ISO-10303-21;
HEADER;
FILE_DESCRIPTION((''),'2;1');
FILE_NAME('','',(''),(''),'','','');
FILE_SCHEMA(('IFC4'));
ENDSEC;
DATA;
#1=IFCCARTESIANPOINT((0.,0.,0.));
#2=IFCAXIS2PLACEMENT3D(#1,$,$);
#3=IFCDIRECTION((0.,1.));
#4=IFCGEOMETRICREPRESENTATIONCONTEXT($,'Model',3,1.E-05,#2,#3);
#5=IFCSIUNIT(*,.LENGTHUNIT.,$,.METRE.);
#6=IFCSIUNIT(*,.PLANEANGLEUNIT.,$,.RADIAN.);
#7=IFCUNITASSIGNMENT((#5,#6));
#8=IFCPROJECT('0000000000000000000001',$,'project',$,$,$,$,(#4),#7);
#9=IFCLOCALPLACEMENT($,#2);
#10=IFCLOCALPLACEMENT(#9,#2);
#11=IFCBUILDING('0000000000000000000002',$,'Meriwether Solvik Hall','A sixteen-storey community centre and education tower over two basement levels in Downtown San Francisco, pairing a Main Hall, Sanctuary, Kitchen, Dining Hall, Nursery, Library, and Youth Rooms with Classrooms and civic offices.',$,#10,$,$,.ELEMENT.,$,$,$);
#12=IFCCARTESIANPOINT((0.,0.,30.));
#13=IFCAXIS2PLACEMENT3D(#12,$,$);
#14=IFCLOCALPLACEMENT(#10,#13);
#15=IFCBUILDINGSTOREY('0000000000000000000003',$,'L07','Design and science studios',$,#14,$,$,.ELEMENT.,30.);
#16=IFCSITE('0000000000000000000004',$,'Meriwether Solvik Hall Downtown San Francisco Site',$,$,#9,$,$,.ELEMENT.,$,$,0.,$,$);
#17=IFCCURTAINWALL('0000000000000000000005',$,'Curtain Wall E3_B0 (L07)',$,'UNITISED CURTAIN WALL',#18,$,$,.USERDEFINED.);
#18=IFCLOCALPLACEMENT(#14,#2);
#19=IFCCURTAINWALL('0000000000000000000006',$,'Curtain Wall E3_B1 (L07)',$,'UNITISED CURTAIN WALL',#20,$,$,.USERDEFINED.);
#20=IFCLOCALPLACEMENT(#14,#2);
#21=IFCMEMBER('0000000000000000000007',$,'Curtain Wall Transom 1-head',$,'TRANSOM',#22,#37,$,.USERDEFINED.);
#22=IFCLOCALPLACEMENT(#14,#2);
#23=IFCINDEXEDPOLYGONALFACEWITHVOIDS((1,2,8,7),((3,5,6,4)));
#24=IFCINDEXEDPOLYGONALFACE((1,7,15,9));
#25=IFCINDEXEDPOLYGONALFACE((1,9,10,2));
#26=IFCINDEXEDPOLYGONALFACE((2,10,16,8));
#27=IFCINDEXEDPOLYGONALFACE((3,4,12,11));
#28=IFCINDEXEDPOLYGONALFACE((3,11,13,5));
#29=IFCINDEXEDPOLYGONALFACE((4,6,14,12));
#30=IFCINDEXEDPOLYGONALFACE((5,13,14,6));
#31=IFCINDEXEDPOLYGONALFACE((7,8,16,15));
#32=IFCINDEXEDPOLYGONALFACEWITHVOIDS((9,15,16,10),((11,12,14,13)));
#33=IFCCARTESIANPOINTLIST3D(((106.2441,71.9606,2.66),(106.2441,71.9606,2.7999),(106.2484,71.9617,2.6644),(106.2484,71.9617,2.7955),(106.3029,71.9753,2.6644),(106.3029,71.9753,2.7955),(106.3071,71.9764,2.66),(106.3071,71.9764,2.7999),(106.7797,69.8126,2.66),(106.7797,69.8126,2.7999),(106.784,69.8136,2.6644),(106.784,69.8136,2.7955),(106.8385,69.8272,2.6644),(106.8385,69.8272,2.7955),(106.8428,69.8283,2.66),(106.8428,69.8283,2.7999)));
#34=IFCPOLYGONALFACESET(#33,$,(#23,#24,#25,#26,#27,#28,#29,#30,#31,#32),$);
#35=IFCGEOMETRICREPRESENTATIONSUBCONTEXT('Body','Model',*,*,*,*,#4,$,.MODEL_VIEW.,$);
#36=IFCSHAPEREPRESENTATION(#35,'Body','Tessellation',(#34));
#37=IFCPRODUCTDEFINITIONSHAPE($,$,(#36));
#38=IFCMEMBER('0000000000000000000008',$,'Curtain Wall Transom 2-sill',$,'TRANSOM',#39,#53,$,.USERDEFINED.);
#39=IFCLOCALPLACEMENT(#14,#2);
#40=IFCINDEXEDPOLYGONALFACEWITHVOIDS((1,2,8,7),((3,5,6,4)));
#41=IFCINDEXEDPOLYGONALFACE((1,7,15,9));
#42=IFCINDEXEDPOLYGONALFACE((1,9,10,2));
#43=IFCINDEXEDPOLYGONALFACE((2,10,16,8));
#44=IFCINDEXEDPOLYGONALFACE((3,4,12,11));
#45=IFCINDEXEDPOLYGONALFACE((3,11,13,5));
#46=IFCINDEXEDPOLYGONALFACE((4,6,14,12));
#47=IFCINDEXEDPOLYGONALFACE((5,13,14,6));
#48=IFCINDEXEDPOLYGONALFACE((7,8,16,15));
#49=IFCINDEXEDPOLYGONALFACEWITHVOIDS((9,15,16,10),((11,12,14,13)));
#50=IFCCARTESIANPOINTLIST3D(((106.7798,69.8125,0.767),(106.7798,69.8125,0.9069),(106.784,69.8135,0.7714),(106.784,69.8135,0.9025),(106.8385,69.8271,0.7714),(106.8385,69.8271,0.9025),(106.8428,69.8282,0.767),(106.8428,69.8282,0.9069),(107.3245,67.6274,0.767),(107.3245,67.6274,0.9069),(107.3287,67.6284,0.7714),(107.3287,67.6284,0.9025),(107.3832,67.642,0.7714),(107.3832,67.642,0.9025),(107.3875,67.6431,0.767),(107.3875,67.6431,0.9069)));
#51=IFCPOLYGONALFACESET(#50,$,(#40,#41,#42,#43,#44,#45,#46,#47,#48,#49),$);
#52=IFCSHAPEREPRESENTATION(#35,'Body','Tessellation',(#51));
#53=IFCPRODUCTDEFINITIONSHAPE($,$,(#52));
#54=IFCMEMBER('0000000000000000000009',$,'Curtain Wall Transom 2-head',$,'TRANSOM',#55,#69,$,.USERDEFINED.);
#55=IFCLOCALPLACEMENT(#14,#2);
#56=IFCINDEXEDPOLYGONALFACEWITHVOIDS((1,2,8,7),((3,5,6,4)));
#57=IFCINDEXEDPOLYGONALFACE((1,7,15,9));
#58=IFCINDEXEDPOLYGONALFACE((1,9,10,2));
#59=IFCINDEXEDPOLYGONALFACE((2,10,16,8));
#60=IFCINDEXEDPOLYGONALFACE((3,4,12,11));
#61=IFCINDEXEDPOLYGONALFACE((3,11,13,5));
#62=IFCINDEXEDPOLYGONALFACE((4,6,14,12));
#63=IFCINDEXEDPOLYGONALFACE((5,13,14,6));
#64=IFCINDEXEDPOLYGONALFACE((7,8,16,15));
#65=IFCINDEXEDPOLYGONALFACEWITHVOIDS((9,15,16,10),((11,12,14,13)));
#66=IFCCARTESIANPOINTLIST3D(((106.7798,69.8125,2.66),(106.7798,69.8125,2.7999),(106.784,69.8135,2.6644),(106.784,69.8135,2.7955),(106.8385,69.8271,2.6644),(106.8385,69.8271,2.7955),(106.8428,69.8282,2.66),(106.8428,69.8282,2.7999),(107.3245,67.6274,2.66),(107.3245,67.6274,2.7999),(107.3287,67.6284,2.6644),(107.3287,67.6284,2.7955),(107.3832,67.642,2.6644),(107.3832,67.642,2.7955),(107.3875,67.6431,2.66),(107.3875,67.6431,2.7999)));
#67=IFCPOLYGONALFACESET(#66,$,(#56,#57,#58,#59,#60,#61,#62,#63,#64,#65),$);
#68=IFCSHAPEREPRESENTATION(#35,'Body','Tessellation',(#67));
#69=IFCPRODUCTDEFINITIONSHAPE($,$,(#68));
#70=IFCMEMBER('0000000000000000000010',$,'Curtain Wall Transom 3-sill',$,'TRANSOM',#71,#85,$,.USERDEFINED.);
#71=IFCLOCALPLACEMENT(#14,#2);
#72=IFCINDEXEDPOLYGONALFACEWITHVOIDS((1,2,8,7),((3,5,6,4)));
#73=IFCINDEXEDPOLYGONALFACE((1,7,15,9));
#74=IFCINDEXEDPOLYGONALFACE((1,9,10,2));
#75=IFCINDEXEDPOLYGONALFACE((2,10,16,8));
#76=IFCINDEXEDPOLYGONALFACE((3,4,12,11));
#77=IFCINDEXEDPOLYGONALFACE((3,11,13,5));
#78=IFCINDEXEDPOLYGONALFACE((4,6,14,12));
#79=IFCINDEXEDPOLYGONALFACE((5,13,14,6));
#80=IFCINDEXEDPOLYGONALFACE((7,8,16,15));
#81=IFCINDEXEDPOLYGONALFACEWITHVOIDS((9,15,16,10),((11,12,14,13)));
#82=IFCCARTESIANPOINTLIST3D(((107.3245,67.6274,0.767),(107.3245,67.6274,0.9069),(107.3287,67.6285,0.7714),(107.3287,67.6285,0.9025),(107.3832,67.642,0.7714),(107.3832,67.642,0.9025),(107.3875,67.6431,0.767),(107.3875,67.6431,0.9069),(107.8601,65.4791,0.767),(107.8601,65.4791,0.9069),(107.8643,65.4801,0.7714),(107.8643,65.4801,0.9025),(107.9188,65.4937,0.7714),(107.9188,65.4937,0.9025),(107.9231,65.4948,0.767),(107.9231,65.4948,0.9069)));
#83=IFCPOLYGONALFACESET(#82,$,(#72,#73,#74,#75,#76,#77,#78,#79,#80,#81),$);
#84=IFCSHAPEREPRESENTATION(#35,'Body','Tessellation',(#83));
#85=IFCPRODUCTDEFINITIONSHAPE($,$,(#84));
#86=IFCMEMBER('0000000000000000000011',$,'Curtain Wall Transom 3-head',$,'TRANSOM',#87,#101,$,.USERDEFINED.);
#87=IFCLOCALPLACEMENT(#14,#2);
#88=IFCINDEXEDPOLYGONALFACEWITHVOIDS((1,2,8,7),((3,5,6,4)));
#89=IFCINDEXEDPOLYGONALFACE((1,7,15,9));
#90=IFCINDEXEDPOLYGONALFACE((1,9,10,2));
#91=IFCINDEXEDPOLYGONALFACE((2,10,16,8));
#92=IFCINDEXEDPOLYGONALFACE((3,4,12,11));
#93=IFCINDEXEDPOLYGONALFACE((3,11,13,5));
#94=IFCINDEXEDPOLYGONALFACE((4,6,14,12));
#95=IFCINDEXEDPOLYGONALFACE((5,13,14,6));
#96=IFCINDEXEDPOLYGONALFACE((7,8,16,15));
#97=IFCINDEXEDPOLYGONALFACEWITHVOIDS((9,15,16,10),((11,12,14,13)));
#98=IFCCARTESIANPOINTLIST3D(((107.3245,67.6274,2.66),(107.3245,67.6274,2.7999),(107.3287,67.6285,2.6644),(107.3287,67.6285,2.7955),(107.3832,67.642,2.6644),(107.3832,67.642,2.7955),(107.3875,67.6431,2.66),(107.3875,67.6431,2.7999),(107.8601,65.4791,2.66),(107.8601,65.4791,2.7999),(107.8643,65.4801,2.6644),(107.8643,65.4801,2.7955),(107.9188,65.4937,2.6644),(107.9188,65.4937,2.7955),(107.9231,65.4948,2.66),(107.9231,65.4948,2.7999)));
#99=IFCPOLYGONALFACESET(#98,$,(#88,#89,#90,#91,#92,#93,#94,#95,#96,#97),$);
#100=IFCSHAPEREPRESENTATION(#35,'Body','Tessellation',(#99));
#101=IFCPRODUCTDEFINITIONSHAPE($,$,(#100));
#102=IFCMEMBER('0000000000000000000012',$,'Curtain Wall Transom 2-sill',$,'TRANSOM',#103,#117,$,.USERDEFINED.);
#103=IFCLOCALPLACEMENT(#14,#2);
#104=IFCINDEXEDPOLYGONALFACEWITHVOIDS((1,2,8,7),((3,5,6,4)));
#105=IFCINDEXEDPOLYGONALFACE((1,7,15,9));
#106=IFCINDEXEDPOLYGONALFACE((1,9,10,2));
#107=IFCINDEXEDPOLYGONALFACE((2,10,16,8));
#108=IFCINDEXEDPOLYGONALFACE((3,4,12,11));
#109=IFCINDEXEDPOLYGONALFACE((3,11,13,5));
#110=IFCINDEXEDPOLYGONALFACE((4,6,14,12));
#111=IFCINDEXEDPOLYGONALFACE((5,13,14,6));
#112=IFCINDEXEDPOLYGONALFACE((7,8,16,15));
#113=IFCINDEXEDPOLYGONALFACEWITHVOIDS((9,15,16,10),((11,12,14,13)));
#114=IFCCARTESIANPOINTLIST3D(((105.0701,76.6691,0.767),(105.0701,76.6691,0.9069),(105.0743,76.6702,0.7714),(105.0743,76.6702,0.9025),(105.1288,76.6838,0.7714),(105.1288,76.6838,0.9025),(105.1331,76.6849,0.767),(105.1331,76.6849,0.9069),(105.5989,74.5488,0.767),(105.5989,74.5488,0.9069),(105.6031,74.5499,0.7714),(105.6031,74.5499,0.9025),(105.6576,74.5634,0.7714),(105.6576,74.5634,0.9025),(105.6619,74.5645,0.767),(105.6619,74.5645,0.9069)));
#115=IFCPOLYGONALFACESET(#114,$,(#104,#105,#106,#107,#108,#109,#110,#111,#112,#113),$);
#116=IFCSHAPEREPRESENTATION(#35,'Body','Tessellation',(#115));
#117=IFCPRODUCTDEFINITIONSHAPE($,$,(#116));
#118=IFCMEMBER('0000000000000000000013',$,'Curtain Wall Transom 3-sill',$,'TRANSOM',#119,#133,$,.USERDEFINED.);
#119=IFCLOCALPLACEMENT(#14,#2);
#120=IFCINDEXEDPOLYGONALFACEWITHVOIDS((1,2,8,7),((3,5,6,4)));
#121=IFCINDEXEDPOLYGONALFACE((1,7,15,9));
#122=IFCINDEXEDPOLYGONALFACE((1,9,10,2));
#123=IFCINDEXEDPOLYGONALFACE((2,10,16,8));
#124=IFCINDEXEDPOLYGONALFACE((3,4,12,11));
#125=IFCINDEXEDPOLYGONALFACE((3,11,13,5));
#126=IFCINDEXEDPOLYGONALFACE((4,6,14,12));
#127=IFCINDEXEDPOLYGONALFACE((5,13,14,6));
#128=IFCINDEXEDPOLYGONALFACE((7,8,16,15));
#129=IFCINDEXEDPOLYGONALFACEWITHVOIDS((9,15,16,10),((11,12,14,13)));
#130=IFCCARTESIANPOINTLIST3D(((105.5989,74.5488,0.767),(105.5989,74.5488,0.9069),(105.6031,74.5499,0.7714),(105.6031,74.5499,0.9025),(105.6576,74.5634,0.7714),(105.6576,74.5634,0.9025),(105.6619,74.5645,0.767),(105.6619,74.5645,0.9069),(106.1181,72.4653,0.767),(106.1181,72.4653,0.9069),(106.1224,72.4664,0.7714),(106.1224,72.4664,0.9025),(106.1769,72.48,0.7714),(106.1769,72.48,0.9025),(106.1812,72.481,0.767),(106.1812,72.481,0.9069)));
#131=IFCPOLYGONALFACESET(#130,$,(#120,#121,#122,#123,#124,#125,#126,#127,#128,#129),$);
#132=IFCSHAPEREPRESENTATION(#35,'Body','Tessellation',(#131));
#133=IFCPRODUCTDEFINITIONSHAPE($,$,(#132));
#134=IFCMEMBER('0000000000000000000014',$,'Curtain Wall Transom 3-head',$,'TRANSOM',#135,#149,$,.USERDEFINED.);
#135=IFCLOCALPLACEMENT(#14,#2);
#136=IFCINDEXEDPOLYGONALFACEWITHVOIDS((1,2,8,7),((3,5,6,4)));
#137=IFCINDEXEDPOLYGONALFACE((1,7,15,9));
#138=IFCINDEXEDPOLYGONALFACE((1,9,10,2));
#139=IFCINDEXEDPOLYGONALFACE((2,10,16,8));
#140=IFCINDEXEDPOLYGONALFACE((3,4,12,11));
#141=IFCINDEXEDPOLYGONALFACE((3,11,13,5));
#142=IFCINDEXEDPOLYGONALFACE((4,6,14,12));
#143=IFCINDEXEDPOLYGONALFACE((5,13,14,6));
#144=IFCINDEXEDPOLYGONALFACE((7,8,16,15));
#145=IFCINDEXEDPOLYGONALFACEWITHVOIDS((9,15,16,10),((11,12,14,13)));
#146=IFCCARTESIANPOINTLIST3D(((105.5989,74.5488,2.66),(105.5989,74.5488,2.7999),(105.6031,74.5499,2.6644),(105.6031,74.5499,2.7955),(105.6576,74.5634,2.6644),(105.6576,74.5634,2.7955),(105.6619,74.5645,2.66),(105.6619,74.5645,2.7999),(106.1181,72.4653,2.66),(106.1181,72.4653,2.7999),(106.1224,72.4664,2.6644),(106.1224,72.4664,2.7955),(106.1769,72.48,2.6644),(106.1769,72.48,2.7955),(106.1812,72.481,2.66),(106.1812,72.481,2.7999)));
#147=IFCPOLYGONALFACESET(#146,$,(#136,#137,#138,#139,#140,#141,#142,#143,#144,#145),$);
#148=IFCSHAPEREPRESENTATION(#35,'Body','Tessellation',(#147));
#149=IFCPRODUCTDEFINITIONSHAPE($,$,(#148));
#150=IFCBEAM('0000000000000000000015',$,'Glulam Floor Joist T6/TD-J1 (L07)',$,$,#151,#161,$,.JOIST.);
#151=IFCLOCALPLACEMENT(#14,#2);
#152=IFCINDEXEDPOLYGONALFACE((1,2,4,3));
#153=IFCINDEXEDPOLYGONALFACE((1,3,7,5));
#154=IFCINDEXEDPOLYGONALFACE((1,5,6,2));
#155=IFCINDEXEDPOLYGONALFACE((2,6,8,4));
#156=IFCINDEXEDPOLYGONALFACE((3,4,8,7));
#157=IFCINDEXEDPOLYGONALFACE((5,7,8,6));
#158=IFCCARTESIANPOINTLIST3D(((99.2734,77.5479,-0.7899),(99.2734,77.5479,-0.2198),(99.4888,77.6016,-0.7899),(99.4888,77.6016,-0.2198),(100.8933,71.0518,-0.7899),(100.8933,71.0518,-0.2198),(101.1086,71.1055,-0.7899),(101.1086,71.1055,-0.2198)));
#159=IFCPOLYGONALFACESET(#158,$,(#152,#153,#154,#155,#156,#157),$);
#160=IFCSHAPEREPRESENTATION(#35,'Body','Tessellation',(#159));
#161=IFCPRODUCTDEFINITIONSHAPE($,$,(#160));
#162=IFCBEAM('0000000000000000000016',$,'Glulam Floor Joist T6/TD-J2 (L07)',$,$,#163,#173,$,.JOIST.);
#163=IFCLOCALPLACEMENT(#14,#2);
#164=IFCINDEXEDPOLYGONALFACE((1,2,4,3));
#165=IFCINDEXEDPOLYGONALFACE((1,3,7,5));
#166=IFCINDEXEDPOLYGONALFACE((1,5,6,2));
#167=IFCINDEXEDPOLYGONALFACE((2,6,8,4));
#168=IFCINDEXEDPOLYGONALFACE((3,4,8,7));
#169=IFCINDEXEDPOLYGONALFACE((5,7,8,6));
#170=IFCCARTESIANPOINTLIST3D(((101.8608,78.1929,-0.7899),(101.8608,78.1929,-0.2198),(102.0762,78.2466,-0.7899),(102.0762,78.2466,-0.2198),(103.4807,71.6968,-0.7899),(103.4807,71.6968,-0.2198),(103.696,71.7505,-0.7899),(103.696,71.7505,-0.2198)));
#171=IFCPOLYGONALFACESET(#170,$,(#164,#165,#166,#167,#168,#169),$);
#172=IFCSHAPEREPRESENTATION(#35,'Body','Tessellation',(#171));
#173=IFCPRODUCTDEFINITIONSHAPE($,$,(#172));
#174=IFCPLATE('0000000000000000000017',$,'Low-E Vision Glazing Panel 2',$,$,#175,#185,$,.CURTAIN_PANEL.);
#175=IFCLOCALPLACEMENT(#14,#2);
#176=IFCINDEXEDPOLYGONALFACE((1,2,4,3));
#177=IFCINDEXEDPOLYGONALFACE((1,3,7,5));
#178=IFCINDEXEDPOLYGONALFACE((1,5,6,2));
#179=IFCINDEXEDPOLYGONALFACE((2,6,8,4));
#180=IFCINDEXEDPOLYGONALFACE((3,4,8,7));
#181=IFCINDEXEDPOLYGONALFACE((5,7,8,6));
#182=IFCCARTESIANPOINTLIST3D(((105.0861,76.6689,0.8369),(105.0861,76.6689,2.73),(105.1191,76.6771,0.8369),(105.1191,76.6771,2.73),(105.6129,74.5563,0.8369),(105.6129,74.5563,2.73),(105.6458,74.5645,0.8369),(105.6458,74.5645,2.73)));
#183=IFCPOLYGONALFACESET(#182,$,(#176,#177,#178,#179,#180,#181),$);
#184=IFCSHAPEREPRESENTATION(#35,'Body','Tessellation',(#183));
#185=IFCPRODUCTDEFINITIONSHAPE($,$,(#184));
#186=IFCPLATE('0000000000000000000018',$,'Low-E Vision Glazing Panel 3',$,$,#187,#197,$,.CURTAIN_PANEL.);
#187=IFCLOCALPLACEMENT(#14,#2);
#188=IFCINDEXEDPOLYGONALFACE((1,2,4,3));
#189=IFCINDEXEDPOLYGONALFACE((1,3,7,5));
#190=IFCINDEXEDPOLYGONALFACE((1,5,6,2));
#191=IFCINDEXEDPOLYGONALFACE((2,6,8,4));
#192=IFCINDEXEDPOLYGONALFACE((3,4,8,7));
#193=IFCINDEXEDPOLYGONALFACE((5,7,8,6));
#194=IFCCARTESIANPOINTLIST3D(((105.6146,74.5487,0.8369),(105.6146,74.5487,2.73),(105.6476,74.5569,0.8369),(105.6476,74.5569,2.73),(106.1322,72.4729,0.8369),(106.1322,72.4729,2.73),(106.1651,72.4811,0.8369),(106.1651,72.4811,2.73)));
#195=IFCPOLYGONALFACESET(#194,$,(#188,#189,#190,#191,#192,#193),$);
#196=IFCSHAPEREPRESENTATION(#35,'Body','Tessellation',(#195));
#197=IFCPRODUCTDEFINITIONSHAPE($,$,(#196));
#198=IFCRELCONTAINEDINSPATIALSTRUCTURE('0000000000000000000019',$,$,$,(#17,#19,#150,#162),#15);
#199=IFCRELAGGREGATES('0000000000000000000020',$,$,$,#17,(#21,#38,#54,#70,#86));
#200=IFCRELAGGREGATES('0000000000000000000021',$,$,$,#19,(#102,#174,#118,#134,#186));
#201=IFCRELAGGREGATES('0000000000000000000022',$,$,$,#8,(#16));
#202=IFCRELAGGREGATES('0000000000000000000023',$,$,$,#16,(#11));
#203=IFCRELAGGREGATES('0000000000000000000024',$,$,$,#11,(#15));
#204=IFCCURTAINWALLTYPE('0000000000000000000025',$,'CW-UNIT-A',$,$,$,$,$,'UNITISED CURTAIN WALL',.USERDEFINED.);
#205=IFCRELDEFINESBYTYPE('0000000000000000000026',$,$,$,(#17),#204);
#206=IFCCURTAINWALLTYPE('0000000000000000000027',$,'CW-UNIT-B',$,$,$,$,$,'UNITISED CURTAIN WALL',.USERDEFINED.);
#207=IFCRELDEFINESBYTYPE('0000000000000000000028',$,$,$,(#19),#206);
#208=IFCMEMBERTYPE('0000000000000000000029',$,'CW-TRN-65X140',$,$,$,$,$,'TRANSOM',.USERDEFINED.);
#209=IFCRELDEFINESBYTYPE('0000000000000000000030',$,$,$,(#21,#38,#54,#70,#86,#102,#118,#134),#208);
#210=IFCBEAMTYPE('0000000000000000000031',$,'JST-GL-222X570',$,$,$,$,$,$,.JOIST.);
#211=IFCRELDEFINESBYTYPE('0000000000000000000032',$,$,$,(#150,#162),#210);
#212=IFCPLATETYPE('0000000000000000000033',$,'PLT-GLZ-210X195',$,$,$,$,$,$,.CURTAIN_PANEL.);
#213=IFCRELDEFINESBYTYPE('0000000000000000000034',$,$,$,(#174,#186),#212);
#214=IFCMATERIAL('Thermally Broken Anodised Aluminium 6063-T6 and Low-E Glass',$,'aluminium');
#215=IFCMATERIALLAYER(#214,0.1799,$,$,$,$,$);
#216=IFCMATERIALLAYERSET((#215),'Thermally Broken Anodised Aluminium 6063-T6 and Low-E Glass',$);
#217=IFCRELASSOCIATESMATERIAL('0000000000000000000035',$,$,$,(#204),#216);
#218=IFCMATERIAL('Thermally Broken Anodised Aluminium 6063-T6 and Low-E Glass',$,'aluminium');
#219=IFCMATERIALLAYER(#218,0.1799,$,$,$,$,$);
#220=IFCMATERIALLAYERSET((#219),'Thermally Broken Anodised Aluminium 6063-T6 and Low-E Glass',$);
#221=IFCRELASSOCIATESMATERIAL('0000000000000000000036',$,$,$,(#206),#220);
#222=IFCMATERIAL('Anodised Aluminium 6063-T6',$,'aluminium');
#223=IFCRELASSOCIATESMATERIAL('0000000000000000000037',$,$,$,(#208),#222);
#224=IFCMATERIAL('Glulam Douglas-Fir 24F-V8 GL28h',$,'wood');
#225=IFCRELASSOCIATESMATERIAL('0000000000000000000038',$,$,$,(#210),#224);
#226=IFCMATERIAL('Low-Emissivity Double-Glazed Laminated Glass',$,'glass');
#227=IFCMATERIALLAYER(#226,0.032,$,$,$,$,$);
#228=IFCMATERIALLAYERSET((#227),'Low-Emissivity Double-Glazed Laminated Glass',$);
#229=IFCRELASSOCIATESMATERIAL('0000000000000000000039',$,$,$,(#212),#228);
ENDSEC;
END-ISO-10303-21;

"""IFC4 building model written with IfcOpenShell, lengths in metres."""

from ifc_helpers import new_model, si_unit, direction, frame, origin, origin_2d, place, context, subcontext, project, spatial, rectangle, hollow_rectangle, extrude, material, layer, layer_set, material_profile, profile_set, type_object, element, aggregate, save


model = new_model("IFC4")

# Units and contexts
model_context = context("Model", 3, precision=1e-05, world=origin(), true_north=direction((0.0, 1.0)))
body_context = subcontext(model_context, "Body", "Model", "MODEL_VIEW")
ifc_project = project(units=[si_unit("LENGTHUNIT", "METRE"), si_unit("PLANEANGLEUNIT", "RADIAN")], contexts=[model_context])

# Site, building, storey
site_placement = place(None, origin())
site = spatial("IfcSite", under=ifc_project, at=site_placement, Name="Meriwether Solvik Hall Downtown San Francisco Site", CompositionType="ELEMENT", RefElevation=0.0)
building_placement = place(site_placement, origin())
building = spatial("IfcBuilding", under=site, at=building_placement, Name="Meriwether Solvik Hall", Description="A sixteen-storey community centre and education tower over two basement levels in Downtown San Francisco, pairing a Main Hall, Sanctuary, Kitchen, Dining Hall, Nursery, Library, and Youth Rooms with Classrooms and civic offices.", CompositionType="ELEMENT")
storey_placement = place(building_placement, frame((0.0, 0.0, 30.0)))
storey = spatial("IfcBuildingStorey", under=building, at=storey_placement, Name="L07", Description="Design and science studios", CompositionType="ELEMENT", Elevation=30.0)

# Curtain walls
ifc_material_1 = material(Name="Thermally Broken Anodised Aluminium 6063-T6 and Low-E Glass", Category="aluminium")
ifc_layer_1 = layer(ifc_material_1, 0.1799)
ifc_layer_set_1 = layer_set([ifc_layer_1], Name="Thermally Broken Anodised Aluminium 6063-T6 and Low-E Glass")
curtain_wall_type_1 = type_object("IfcCurtainWallType", Name="CW-UNIT-A", ElementType="UNITISED CURTAIN WALL", PredefinedType="USERDEFINED", material=ifc_layer_set_1)
curtain_wall_1_placement = place(storey_placement, origin())
curtain_wall_1 = element("IfcCurtainWall", 1, at=curtain_wall_1_placement, inside=storey, type_object=curtain_wall_type_1, Name="Curtain Wall E3_B0 (L07)", ObjectType="UNITISED CURTAIN WALL", PredefinedType="USERDEFINED")
ifc_material_2 = material(Name="Thermally Broken Anodised Aluminium 6063-T6 and Low-E Glass", Category="aluminium")
ifc_layer_2 = layer(ifc_material_2, 0.1799)
ifc_layer_set_2 = layer_set([ifc_layer_2], Name="Thermally Broken Anodised Aluminium 6063-T6 and Low-E Glass")
curtain_wall_type_2 = type_object("IfcCurtainWallType", Name="CW-UNIT-B", ElementType="UNITISED CURTAIN WALL", PredefinedType="USERDEFINED", material=ifc_layer_set_2)
curtain_wall_2_placement = place(storey_placement, origin())
curtain_wall_2 = element("IfcCurtainWall", 2, at=curtain_wall_2_placement, inside=storey, type_object=curtain_wall_type_2, Name="Curtain Wall E3_B1 (L07)", ObjectType="UNITISED CURTAIN WALL", PredefinedType="USERDEFINED")

# Members
ifc_material_3 = material(Name="Anodised Aluminium 6063-T6", Category="aluminium")
ifc_material_profile_1 = material_profile(ifc_material_3, hollow_rectangle(XDim=0.0649, YDim=0.1399, WallThickness=0.0044, at=origin_2d()), Name="CWT-65X140")
ifc_profile_set_1 = profile_set([ifc_material_profile_1], Name="Anodised Aluminium 6063-T6")
member_type_1 = type_object("IfcMemberType", Name="CW-TRN-65X140", ElementType="TRANSOM", PredefinedType="USERDEFINED", material=ifc_profile_set_1)
member_1_placement = place(storey_placement, frame((106.2756, 71.9685, 2.73), z_axis=(0.241939, -0.970292, 0.0), x_axis=(0.970292, 0.241939, 0.0)))
member_1 = element("IfcMember", 3, at=member_1_placement, type_object=member_type_1, Name="Curtain Wall Transom 1-head", ObjectType="TRANSOM", PredefinedType="USERDEFINED", context=body_context, shape_type="SweptSolid", body=[
    extrude(hollow_rectangle(XDim=0.0649, YDim=0.1399, WallThickness=0.0044, at=origin_2d()), origin(), (0.0, 0.0, 1.0), 2.2139),
])
member_2_placement = place(storey_placement, frame((106.8113, 69.8203, 0.8369), z_axis=(0.241872, -0.970308, 0.0), x_axis=(0.970308, 0.241872, 0.0)))
member_2 = element("IfcMember", 4, at=member_2_placement, type_object=member_type_1, Name="Curtain Wall Transom 2-sill", ObjectType="TRANSOM", PredefinedType="USERDEFINED", context=body_context, shape_type="SweptSolid", body=[
    extrude(hollow_rectangle(XDim=0.0649, YDim=0.1399, WallThickness=0.0044, at=origin_2d()), origin(), (0.0, 0.0, 1.0), 2.252),
])
member_3_placement = place(storey_placement, frame((106.8113, 69.8203, 2.73), z_axis=(0.241872, -0.970308, 0.0), x_axis=(0.970308, 0.241872, 0.0)))
member_3 = element("IfcMember", 5, at=member_3_placement, type_object=member_type_1, Name="Curtain Wall Transom 2-head", ObjectType="TRANSOM", PredefinedType="USERDEFINED", context=body_context, shape_type="SweptSolid", body=[
    extrude(hollow_rectangle(XDim=0.0649, YDim=0.1399, WallThickness=0.0044, at=origin_2d()), origin(), (0.0, 0.0, 1.0), 2.252),
])
member_4_placement = place(storey_placement, frame((107.356, 67.6353, 0.8369), z_axis=(0.241913, -0.970298, 0.0), x_axis=(0.970298, 0.241913, 0.0)))
member_4 = element("IfcMember", 6, at=member_4_placement, type_object=member_type_1, Name="Curtain Wall Transom 3-sill", ObjectType="TRANSOM", PredefinedType="USERDEFINED", context=body_context, shape_type="SweptSolid", body=[
    extrude(hollow_rectangle(XDim=0.0649, YDim=0.1399, WallThickness=0.0044, at=origin_2d()), origin(), (0.0, 0.0, 1.0), 2.2141),
])
member_5_placement = place(storey_placement, frame((107.356, 67.6353, 2.73), z_axis=(0.241913, -0.970298, 0.0), x_axis=(0.970298, 0.241913, 0.0)))
member_5 = element("IfcMember", 7, at=member_5_placement, type_object=member_type_1, Name="Curtain Wall Transom 3-head", ObjectType="TRANSOM", PredefinedType="USERDEFINED", context=body_context, shape_type="SweptSolid", body=[
    extrude(hollow_rectangle(XDim=0.0649, YDim=0.1399, WallThickness=0.0044, at=origin_2d()), origin(), (0.0, 0.0, 1.0), 2.2141),
])
member_6_placement = place(storey_placement, frame((105.1016, 76.677, 0.8369), z_axis=(0.241984, -0.97028, 0.0), x_axis=(0.97028, 0.241984, 0.0)))
member_6 = element("IfcMember", 8, at=member_6_placement, type_object=member_type_1, Name="Curtain Wall Transom 2-sill", ObjectType="TRANSOM", PredefinedType="USERDEFINED", context=body_context, shape_type="SweptSolid", body=[
    extrude(hollow_rectangle(XDim=0.0649, YDim=0.1399, WallThickness=0.0044, at=origin_2d()), origin(), (0.0, 0.0, 1.0), 2.1853),
])
member_7_placement = place(storey_placement, frame((105.6304, 74.5566, 0.8369), z_axis=(0.24184, -0.970316, 0.0), x_axis=(0.970316, 0.24184, 0.0)))
member_7 = element("IfcMember", 9, at=member_7_placement, type_object=member_type_1, Name="Curtain Wall Transom 3-sill", ObjectType="TRANSOM", PredefinedType="USERDEFINED", context=body_context, shape_type="SweptSolid", body=[
    extrude(hollow_rectangle(XDim=0.0649, YDim=0.1399, WallThickness=0.0044, at=origin_2d()), origin(), (0.0, 0.0, 1.0), 2.1472),
])
member_8_placement = place(storey_placement, frame((105.6304, 74.5566, 2.73), z_axis=(0.24184, -0.970316, 0.0), x_axis=(0.970316, 0.24184, 0.0)))
member_8 = element("IfcMember", 10, at=member_8_placement, type_object=member_type_1, Name="Curtain Wall Transom 3-head", ObjectType="TRANSOM", PredefinedType="USERDEFINED", context=body_context, shape_type="SweptSolid", body=[
    extrude(hollow_rectangle(XDim=0.0649, YDim=0.1399, WallThickness=0.0044, at=origin_2d()), origin(), (0.0, 0.0, 1.0), 2.1472),
])

# Beams
ifc_material_4 = material(Name="Glulam Douglas-Fir 24F-V8 GL28h", Category="wood")
ifc_material_profile_2 = material_profile(ifc_material_4, rectangle(XDim=0.2219, YDim=0.5701, at=origin_2d()), Name="GLJ-222X570")
ifc_profile_set_2 = profile_set([ifc_material_profile_2], Name="Glulam Douglas-Fir 24F-V8 GL28h")
beam_type_1 = type_object("IfcBeamType", Name="JST-GL-222X570", PredefinedType="JOIST", material=ifc_profile_set_2)
for number, where, z_axis, x_axis, name in (
    (11, (101.001, 71.0786, -0.5049), (-0.241952, 0.970288, 0.0), (-0.970288, -0.241952, 0.0), "Glulam Floor Joist T6/TD-J1 (L07)"),
    (12, (103.5884, 71.7236, -0.5049), (-0.241952, 0.970288, 0.0), (-0.970288, -0.241952, 0.0), "Glulam Floor Joist T6/TD-J2 (L07)"),
):
    element("IfcBeam", number, at=place(storey_placement, frame(where, z_axis=z_axis, x_axis=x_axis)), inside=storey, type_object=beam_type_1, Name=name, PredefinedType="JOIST", context=body_context, shape_type="SweptSolid", body=[
        extrude(rectangle(XDim=0.2219, YDim=0.5701, at=origin_2d()), origin(), (0.0, 0.0, 1.0), 6.6951),
    ])

# Plates
ifc_material_5 = material(Name="Low-Emissivity Double-Glazed Laminated Glass", Category="glass")
ifc_layer_3 = layer(ifc_material_5, 0.032)
ifc_layer_set_3 = layer_set([ifc_layer_3], Name="Low-Emissivity Double-Glazed Laminated Glass")
plate_type_1 = type_object("IfcPlateType", Name="PLT-GLZ-210X195", PredefinedType="CURTAIN_PANEL", material=ifc_layer_set_3)
plate_1_placement = place(storey_placement, frame((105.366, 75.6167, 0.8369), z_axis=(0.0, 0.0, 1.0), x_axis=(0.241922, -0.970296, 0.0)))
plate_1 = element("IfcPlate", 13, at=plate_1_placement, type_object=plate_type_1, Name="Low-E Vision Glazing Panel 2", PredefinedType="CURTAIN_PANEL", context=body_context, shape_type="SweptSolid", body=[
    extrude(rectangle(XDim=2.1772, YDim=0.0339, at=origin_2d()), origin(), (0.0, 0.0, 1.0), 1.8931),
])
plate_2_placement = place(storey_placement, frame((105.8899, 73.5149, 0.8369), z_axis=(0.0, 0.0, 1.0), x_axis=(0.241922, -0.970296, 0.0)))
plate_2 = element("IfcPlate", 14, at=plate_2_placement, type_object=plate_type_1, Name="Low-E Vision Glazing Panel 3", PredefinedType="CURTAIN_PANEL", context=body_context, shape_type="SweptSolid", body=[
    extrude(rectangle(XDim=2.1394, YDim=0.0339, at=origin_2d()), origin(), (0.0, 0.0, 1.0), 1.8931),
])
aggregate(curtain_wall_1, [member_1, member_2, member_3, member_4, member_5])
aggregate(curtain_wall_2, [member_6, plate_1, member_7, member_8, plate_2])

save(model, "model.ifc")
